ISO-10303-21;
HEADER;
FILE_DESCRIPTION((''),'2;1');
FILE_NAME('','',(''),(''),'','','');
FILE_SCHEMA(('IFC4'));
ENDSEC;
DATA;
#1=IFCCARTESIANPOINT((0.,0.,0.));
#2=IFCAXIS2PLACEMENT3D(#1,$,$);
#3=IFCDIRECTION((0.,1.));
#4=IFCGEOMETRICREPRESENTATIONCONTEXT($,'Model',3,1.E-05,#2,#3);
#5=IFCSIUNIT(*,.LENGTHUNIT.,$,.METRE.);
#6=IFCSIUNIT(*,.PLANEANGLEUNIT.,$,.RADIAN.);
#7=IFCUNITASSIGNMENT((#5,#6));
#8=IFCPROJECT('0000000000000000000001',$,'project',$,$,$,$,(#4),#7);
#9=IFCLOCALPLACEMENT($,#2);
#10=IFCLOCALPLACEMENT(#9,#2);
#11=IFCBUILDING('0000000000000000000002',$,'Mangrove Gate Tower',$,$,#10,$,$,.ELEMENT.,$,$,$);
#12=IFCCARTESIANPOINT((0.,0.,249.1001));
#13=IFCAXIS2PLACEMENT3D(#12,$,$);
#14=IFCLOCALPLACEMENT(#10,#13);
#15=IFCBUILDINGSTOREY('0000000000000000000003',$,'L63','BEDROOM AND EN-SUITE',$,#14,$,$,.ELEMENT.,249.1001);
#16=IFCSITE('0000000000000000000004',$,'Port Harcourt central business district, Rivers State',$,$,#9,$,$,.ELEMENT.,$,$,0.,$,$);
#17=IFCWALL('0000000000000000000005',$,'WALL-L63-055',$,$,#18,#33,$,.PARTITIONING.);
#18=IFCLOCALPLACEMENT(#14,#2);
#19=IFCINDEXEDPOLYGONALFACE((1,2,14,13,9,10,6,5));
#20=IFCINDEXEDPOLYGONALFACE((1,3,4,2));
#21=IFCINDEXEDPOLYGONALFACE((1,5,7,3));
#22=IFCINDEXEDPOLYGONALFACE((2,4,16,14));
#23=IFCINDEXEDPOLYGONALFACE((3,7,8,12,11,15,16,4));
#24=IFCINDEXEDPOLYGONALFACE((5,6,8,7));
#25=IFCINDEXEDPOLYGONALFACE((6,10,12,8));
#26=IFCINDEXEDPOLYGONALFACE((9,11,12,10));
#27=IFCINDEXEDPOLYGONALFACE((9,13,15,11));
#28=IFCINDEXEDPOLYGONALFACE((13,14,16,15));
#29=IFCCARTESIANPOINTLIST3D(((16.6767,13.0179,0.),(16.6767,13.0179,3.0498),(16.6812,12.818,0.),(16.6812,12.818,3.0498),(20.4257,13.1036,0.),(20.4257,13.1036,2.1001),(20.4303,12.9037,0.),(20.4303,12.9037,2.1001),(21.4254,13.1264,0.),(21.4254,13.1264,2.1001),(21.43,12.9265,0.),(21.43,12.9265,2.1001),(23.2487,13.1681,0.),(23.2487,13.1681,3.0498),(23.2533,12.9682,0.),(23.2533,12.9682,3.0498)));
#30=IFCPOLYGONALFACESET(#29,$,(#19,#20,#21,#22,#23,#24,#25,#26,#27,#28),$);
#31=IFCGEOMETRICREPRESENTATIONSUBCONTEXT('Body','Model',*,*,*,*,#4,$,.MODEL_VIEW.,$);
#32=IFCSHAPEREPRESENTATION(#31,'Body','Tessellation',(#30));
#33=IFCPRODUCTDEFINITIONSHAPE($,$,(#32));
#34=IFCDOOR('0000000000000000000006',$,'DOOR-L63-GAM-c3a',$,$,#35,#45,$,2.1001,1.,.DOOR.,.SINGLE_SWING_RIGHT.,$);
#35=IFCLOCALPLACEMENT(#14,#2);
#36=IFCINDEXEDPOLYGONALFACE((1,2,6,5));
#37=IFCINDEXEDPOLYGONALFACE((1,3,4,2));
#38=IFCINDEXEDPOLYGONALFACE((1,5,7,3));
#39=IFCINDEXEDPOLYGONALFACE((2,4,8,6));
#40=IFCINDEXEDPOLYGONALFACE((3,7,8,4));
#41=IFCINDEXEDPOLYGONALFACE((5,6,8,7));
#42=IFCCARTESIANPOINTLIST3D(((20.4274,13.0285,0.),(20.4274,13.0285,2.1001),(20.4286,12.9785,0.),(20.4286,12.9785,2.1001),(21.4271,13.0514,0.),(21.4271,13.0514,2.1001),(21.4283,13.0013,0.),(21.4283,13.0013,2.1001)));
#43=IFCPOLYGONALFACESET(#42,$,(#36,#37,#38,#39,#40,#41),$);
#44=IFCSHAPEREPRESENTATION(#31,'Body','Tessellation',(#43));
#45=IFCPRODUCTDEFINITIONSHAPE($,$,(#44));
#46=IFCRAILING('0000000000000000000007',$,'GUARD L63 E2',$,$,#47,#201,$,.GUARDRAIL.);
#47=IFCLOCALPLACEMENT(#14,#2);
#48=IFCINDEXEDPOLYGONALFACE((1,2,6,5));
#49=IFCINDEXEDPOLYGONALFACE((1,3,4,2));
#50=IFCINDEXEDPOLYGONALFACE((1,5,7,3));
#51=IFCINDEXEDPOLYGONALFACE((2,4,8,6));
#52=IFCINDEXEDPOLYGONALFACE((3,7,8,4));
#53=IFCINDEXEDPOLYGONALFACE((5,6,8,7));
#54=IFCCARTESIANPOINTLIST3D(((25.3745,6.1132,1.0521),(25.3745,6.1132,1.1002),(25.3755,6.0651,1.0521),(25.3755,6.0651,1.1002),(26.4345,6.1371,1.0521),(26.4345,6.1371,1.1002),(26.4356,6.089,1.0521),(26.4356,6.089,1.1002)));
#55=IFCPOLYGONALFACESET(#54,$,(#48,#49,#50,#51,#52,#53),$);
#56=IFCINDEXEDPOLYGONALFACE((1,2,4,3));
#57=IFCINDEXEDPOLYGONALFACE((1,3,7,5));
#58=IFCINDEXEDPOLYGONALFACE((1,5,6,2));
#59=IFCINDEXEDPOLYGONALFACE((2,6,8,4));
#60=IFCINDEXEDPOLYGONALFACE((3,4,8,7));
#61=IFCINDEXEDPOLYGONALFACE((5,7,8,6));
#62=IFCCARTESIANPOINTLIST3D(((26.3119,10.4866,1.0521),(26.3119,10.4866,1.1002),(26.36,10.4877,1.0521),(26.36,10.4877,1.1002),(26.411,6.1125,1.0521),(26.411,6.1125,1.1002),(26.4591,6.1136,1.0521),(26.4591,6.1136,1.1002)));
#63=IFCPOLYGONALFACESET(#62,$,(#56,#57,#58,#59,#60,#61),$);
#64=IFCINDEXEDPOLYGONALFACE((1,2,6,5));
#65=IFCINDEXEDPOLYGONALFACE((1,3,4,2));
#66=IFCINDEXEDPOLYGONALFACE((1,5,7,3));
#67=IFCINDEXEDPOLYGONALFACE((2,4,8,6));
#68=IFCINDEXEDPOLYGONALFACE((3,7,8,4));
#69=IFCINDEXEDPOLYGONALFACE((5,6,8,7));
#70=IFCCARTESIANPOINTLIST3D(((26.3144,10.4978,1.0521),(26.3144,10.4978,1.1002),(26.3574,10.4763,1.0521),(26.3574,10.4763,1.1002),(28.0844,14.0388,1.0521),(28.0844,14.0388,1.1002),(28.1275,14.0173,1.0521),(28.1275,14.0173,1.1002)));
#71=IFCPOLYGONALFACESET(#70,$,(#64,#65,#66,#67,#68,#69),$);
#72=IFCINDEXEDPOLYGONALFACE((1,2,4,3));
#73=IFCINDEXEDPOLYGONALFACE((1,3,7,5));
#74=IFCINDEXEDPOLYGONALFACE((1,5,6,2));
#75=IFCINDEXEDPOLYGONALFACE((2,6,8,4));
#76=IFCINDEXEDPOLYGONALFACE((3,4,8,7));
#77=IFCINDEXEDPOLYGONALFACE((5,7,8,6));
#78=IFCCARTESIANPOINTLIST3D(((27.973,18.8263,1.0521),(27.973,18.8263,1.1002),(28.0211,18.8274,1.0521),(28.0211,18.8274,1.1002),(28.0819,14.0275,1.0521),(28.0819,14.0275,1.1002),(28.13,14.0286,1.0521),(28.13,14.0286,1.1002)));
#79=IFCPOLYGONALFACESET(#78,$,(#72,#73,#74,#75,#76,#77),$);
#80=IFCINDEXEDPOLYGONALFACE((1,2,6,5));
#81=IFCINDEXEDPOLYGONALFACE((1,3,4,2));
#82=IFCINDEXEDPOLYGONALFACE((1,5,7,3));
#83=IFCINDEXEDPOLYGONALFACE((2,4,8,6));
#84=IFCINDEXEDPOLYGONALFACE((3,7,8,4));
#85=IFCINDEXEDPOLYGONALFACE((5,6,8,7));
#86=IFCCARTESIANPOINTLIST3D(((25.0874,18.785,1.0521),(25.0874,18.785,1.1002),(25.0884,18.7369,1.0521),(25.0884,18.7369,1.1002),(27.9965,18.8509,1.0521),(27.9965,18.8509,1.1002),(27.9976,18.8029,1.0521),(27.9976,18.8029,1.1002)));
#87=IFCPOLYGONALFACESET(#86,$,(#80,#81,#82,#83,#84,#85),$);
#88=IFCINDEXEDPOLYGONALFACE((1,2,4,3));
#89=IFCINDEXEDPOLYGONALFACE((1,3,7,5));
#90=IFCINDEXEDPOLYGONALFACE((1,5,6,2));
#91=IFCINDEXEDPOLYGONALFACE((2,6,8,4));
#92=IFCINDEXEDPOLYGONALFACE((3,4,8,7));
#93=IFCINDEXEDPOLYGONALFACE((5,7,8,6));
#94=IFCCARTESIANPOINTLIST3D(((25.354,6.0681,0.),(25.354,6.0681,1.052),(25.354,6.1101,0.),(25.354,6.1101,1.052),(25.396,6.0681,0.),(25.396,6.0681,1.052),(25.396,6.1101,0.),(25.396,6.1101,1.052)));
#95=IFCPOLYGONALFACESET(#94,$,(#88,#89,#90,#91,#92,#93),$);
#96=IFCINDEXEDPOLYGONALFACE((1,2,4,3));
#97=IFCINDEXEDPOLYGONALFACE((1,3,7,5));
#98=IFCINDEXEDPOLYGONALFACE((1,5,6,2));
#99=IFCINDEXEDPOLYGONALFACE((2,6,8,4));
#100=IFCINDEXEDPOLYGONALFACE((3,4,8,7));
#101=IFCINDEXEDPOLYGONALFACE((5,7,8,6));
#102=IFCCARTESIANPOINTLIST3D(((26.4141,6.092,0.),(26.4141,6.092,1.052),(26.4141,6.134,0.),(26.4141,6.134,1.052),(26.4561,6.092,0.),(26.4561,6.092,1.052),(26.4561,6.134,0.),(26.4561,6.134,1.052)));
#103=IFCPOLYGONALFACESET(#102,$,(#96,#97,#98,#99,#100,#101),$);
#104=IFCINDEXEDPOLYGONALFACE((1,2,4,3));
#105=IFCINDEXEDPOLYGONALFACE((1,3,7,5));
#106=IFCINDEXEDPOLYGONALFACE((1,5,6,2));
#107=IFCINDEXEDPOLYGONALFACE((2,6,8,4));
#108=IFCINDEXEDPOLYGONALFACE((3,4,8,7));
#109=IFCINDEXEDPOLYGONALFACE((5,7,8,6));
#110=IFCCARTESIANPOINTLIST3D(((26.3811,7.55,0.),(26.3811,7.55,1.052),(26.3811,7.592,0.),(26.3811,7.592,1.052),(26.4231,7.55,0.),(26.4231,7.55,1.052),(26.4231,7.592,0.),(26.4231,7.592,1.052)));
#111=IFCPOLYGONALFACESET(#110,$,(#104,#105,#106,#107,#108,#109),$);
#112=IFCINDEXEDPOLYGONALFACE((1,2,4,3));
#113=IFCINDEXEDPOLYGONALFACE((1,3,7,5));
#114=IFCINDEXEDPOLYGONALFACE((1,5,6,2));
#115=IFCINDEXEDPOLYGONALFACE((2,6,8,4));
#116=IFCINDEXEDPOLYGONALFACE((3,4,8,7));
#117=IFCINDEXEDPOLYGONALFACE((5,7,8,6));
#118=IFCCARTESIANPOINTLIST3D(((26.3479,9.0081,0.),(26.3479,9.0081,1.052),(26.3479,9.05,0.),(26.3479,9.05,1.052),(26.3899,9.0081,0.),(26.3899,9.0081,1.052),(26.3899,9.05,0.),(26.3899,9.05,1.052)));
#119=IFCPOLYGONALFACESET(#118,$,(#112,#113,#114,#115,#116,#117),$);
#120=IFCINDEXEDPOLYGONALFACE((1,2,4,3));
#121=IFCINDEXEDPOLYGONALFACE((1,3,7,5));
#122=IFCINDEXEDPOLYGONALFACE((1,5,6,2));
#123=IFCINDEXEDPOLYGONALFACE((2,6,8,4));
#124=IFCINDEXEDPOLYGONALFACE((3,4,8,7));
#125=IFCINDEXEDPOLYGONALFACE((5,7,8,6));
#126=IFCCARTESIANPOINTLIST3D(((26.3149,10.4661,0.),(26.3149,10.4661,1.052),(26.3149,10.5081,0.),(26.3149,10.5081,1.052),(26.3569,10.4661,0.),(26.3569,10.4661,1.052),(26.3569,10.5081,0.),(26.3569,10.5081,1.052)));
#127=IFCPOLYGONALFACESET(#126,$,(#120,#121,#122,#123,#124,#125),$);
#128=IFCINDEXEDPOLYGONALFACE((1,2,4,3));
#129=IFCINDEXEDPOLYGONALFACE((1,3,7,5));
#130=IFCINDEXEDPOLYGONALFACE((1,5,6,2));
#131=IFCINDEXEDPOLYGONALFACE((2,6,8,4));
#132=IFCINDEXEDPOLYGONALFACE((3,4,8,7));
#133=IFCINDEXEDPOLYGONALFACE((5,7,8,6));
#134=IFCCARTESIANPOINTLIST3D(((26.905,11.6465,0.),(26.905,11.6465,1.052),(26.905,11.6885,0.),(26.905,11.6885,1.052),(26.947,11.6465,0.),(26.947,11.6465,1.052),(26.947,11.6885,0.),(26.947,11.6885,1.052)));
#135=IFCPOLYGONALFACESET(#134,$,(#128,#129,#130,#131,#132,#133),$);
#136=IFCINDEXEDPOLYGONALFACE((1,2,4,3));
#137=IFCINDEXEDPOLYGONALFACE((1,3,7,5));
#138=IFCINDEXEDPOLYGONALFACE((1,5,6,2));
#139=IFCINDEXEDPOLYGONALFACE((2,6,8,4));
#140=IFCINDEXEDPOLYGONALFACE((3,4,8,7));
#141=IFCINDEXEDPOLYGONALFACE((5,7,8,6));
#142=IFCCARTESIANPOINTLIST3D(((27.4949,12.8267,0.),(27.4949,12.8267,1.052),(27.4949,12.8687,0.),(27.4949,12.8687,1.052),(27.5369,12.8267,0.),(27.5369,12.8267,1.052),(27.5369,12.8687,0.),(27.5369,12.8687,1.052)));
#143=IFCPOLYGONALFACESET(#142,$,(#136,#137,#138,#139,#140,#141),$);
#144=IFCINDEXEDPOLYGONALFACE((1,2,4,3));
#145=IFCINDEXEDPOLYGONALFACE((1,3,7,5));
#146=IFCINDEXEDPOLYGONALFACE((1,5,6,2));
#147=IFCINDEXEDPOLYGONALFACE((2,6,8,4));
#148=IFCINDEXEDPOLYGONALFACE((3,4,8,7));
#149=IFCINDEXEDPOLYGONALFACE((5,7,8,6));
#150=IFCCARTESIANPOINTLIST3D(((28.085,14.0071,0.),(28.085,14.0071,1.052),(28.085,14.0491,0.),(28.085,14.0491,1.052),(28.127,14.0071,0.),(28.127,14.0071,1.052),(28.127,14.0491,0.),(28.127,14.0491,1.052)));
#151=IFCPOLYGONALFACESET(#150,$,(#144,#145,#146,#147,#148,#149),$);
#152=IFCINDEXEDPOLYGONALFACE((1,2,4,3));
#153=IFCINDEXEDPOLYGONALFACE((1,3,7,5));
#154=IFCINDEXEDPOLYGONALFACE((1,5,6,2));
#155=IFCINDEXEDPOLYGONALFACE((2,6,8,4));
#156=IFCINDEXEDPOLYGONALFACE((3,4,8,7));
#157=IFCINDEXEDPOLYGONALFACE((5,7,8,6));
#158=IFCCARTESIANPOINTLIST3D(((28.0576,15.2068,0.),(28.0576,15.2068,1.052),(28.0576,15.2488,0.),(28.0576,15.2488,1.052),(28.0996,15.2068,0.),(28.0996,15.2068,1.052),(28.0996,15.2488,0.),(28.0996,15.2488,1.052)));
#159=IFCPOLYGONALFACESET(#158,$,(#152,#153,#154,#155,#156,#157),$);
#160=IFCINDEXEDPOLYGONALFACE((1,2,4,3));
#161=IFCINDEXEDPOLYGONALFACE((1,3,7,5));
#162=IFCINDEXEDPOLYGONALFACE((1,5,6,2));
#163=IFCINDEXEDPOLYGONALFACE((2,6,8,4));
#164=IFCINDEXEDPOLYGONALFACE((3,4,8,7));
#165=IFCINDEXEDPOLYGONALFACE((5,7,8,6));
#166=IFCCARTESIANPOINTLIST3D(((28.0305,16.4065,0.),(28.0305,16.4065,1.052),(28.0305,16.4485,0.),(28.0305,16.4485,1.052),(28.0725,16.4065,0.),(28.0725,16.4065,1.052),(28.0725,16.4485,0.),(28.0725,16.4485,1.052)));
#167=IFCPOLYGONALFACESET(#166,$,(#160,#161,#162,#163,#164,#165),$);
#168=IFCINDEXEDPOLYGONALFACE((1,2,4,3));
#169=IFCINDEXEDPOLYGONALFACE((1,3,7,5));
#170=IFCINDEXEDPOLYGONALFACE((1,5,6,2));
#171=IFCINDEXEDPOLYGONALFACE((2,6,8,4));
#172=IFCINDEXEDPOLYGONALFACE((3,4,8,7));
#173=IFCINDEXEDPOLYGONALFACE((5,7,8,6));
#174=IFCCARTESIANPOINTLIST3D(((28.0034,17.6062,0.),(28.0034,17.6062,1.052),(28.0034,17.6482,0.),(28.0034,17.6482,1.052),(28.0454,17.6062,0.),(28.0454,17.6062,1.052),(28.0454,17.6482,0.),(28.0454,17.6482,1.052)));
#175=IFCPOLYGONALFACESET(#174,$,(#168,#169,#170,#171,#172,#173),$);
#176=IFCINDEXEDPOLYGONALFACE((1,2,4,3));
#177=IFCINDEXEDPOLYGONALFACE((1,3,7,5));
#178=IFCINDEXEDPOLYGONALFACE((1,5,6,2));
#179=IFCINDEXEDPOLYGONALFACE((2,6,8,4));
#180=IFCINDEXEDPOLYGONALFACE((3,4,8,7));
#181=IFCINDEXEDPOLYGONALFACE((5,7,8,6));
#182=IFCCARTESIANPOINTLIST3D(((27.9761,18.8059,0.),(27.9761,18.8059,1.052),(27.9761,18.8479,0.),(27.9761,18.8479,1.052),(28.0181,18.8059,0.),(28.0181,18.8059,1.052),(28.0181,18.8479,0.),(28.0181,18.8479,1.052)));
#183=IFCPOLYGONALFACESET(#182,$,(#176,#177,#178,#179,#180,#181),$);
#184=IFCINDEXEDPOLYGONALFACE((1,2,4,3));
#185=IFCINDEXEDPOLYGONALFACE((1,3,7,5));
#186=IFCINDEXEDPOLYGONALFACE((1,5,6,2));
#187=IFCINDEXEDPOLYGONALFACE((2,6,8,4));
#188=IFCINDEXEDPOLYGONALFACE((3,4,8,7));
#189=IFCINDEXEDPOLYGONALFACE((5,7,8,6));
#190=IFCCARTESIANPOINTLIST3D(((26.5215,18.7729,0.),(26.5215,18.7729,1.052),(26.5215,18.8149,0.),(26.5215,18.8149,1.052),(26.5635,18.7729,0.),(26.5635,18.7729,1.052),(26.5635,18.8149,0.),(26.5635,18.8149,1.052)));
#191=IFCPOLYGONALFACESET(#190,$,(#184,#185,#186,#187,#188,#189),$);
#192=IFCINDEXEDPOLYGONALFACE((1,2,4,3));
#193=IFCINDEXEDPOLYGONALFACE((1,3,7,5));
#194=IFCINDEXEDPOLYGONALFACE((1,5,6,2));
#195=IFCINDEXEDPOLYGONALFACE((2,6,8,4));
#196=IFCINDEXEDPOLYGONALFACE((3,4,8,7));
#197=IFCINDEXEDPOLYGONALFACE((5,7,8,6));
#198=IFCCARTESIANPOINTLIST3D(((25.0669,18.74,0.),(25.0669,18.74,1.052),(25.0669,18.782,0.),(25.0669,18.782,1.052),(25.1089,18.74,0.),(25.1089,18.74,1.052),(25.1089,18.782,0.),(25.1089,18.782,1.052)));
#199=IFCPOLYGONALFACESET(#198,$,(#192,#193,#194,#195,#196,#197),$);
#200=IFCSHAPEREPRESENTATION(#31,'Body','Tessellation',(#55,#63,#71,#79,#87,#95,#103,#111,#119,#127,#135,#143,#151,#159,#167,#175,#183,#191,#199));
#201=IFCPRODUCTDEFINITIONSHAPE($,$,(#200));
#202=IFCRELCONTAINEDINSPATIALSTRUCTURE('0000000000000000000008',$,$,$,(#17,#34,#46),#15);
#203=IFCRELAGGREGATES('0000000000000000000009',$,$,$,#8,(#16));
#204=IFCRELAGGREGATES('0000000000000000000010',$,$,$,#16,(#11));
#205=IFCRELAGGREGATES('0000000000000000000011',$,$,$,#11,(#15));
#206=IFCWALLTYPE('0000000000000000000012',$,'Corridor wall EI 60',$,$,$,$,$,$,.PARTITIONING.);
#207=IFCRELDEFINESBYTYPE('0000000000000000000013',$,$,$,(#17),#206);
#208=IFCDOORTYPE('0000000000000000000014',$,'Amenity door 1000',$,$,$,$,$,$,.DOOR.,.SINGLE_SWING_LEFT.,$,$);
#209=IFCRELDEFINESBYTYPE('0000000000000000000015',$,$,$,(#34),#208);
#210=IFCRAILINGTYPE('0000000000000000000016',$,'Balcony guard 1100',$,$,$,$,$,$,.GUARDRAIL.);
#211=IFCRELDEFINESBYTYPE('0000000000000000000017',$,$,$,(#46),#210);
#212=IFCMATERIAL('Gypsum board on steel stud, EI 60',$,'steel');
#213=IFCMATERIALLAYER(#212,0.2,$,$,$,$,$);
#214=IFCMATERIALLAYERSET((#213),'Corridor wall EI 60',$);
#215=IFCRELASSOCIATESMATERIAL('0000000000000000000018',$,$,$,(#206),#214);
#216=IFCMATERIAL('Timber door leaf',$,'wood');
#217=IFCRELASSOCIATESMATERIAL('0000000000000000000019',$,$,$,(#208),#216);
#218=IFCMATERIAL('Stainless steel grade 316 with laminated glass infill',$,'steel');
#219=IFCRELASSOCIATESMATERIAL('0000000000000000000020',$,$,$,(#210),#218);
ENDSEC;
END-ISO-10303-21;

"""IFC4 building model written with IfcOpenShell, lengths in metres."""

from ifc_helpers import new_model, si_unit, direction, frame, frame_2d, origin, origin_2d, place, context, subcontext, project, spatial, rectangle, extrude, material, layer, layer_set, type_object, element, fill, save


model = new_model("IFC4")

# Units and contexts
model_context = context("Model", 3, precision=1e-05, world=origin(), true_north=direction((0.0, 1.0)))
body_context = subcontext(model_context, "Body", "Model", "MODEL_VIEW")
ifc_project = project(units=[si_unit("LENGTHUNIT", "METRE"), si_unit("PLANEANGLEUNIT", "RADIAN")], contexts=[model_context])

# Site, building, storey
site_placement = place(None, origin())
site = spatial("IfcSite", under=ifc_project, at=site_placement, Name="Port Harcourt central business district, Rivers State", CompositionType="ELEMENT", RefElevation=0.0)
building_placement = place(site_placement, origin())
building = spatial("IfcBuilding", under=site, at=building_placement, Name="Mangrove Gate Tower", CompositionType="ELEMENT")
storey_placement = place(building_placement, frame((0.0, 0.0, 249.1001)))
storey = spatial("IfcBuildingStorey", under=building, at=storey_placement, Name="L63", Description="BEDROOM AND EN-SUITE", CompositionType="ELEMENT", Elevation=249.1001)

# Shared definitions
ifc_material_1 = material(Name="Gypsum board on steel stud, EI 60", Category="steel")
ifc_layer_1 = layer(ifc_material_1, 0.2)
ifc_layer_set_1 = layer_set([ifc_layer_1], Name="Corridor wall EI 60")
wall_type_1 = type_object("IfcWallType", Name="Corridor wall EI 60", PredefinedType="PARTITIONING", material=ifc_layer_set_1)

# Wall, opening, door
wall_1_placement = place(storey_placement, frame((16.679, 12.918, 0.0), z_axis=(0.0, 0.0, 1.0), x_axis=(0.999739, 0.02284, 0.0)))
wall_1 = element("IfcWall", 1, at=wall_1_placement, inside=storey, type_object=wall_type_1, Name="WALL-L63-055", PredefinedType="PARTITIONING", context=body_context, shape_type="SweptSolid", body=[
    extrude(rectangle(XDim=6.5737, YDim=0.2, at=frame_2d((3.2869, 0.0))), origin(), (0.0, 0.0, 1.0), 3.0498),
])
opening_1_placement = place(wall_1_placement, frame((3.75, 0.0, 0.0)))
opening_1 = element("IfcOpeningElement", 2, at=opening_1_placement, cuts=wall_1, PredefinedType="OPENING", context=body_context, shape_type="SweptSolid", body=[
    extrude(rectangle(XDim=1.0, YDim=2.1001, at=frame_2d((0.5, 1.05))), frame((0.0, 0.1099, 0.0), z_axis=(0.0, -1.0, 0.0), x_axis=(1.0, 0.0, 0.0)), (0.0, 0.0, 1.0), 0.22),
])
ifc_material_2 = material(Name="Timber door leaf", Category="wood")
door_type_1 = type_object("IfcDoorType", Name="Amenity door 1000", OperationType="SINGLE_SWING_LEFT", PredefinedType="DOOR", material=ifc_material_2)
door_1_placement = place(opening_1_placement, origin())
door_1 = element("IfcDoor", 3, at=door_1_placement, inside=storey, type_object=door_type_1, Name="DOOR-L63-GAM-c3a", OperationType="SINGLE_SWING_RIGHT", OverallHeight=2.1001, OverallWidth=1.0, PredefinedType="DOOR", context=body_context, shape_type="SweptSolid", body=[
    extrude(rectangle(XDim=1.0, YDim=2.1001, at=frame_2d((0.5, 1.05))), frame((0.0, 0.0249, 0.0), z_axis=(0.0, -1.0, 0.0), x_axis=(1.0, 0.0, 0.0)), (0.0, 0.0, 1.0), 0.05),
])
fill(opening_1, door_1)

# Railing
ifc_material_3 = material(Name="Stainless steel grade 316 with laminated glass infill", Category="steel")
railing_type = type_object("IfcRailingType", Name="Balcony guard 1100", PredefinedType="GUARDRAIL", material=ifc_material_3)
railing_placement = place(storey_placement, frame((25.375, 6.0891, 0.0)))
element("IfcRailing", 4, at=railing_placement, inside=storey, type_object=railing_type, Name="GUARD L63 E2", PredefinedType="GUARDRAIL", context=body_context, shape_type="SweptSolid", body=[
    extrude(rectangle(XDim=0.0481, YDim=0.0481, at=origin_2d()), frame((0.0, 0.0, 1.0762), z_axis=(0.999745, 0.022564, 0.0), x_axis=(-0.022564, 0.999745, 0.0)), (0.0, 0.0, 1.0), 1.0603),
    extrude(rectangle(XDim=0.0481, YDim=0.0481, at=origin_2d()), frame((1.0601, 0.0239, 1.0762), z_axis=(-0.022655, 0.999743, 0.0), x_axis=(-0.999743, -0.022655, 0.0)), (0.0, 0.0, 1.0), 4.3752),
    extrude(rectangle(XDim=0.0481, YDim=0.0481, at=origin_2d()), frame((0.9609, 4.3979, 1.0762), z_axis=(0.447115, 0.894477, 0.0), x_axis=(-0.894477, 0.447115, 0.0)), (0.0, 0.0, 1.0), 3.9587),
    extrude(rectangle(XDim=0.0481, YDim=0.0481, at=origin_2d()), frame((2.731, 7.939, 1.0762), z_axis=(-0.022684, 0.999743, 0.0), x_axis=(-0.999743, -0.022684, 0.0)), (0.0, 0.0, 1.0), 4.8),
    extrude(rectangle(XDim=0.0481, YDim=0.0481, at=origin_2d()), frame((2.6221, 12.7378, 1.0762), z_axis=(-0.999743, -0.022653, 0.0), x_axis=(0.022653, -0.999743, 0.0)), (0.0, 0.0, 1.0), 2.9099),
    extrude(rectangle(XDim=0.042, YDim=0.042, at=origin_2d()), origin(), (0.0, 0.0, 1.0), 1.052),
    extrude(rectangle(XDim=0.042, YDim=0.042, at=origin_2d()), frame((1.0601, 0.0239, 0.0)), (0.0, 0.0, 1.0), 1.052),
    extrude(rectangle(XDim=0.042, YDim=0.042, at=origin_2d()), frame((1.0271, 1.4819, 0.0)), (0.0, 0.0, 1.0), 1.052),
    extrude(rectangle(XDim=0.042, YDim=0.042, at=origin_2d()), frame((0.9939, 2.9399, 0.0)), (0.0, 0.0, 1.0), 1.052),
    extrude(rectangle(XDim=0.042, YDim=0.042, at=origin_2d()), frame((0.9609, 4.3979, 0.0)), (0.0, 0.0, 1.0), 1.052),
    extrude(rectangle(XDim=0.042, YDim=0.042, at=origin_2d()), frame((1.551, 5.5784, 0.0)), (0.0, 0.0, 1.0), 1.052),
    extrude(rectangle(XDim=0.042, YDim=0.042, at=origin_2d()), frame((2.1409, 6.7585, 0.0)), (0.0, 0.0, 1.0), 1.052),
    extrude(rectangle(XDim=0.042, YDim=0.042, at=origin_2d()), frame((2.731, 7.939, 0.0)), (0.0, 0.0, 1.0), 1.052),
    extrude(rectangle(XDim=0.042, YDim=0.042, at=origin_2d()), frame((2.7036, 9.1387, 0.0)), (0.0, 0.0, 1.0), 1.052),
    extrude(rectangle(XDim=0.042, YDim=0.042, at=origin_2d()), frame((2.6765, 10.3384, 0.0)), (0.0, 0.0, 1.0), 1.052),
    extrude(rectangle(XDim=0.042, YDim=0.042, at=origin_2d()), frame((2.6494, 11.5381, 0.0)), (0.0, 0.0, 1.0), 1.052),
    extrude(rectangle(XDim=0.042, YDim=0.042, at=origin_2d()), frame((2.6221, 12.7378, 0.0)), (0.0, 0.0, 1.0), 1.052),
    extrude(rectangle(XDim=0.042, YDim=0.042, at=origin_2d()), frame((1.1675, 12.7048, 0.0)), (0.0, 0.0, 1.0), 1.052),
    extrude(rectangle(XDim=0.042, YDim=0.042, at=origin_2d()), frame((-0.2871, 12.6719, 0.0)), (0.0, 0.0, 1.0), 1.052),
])

save(model, "model.ifc")
